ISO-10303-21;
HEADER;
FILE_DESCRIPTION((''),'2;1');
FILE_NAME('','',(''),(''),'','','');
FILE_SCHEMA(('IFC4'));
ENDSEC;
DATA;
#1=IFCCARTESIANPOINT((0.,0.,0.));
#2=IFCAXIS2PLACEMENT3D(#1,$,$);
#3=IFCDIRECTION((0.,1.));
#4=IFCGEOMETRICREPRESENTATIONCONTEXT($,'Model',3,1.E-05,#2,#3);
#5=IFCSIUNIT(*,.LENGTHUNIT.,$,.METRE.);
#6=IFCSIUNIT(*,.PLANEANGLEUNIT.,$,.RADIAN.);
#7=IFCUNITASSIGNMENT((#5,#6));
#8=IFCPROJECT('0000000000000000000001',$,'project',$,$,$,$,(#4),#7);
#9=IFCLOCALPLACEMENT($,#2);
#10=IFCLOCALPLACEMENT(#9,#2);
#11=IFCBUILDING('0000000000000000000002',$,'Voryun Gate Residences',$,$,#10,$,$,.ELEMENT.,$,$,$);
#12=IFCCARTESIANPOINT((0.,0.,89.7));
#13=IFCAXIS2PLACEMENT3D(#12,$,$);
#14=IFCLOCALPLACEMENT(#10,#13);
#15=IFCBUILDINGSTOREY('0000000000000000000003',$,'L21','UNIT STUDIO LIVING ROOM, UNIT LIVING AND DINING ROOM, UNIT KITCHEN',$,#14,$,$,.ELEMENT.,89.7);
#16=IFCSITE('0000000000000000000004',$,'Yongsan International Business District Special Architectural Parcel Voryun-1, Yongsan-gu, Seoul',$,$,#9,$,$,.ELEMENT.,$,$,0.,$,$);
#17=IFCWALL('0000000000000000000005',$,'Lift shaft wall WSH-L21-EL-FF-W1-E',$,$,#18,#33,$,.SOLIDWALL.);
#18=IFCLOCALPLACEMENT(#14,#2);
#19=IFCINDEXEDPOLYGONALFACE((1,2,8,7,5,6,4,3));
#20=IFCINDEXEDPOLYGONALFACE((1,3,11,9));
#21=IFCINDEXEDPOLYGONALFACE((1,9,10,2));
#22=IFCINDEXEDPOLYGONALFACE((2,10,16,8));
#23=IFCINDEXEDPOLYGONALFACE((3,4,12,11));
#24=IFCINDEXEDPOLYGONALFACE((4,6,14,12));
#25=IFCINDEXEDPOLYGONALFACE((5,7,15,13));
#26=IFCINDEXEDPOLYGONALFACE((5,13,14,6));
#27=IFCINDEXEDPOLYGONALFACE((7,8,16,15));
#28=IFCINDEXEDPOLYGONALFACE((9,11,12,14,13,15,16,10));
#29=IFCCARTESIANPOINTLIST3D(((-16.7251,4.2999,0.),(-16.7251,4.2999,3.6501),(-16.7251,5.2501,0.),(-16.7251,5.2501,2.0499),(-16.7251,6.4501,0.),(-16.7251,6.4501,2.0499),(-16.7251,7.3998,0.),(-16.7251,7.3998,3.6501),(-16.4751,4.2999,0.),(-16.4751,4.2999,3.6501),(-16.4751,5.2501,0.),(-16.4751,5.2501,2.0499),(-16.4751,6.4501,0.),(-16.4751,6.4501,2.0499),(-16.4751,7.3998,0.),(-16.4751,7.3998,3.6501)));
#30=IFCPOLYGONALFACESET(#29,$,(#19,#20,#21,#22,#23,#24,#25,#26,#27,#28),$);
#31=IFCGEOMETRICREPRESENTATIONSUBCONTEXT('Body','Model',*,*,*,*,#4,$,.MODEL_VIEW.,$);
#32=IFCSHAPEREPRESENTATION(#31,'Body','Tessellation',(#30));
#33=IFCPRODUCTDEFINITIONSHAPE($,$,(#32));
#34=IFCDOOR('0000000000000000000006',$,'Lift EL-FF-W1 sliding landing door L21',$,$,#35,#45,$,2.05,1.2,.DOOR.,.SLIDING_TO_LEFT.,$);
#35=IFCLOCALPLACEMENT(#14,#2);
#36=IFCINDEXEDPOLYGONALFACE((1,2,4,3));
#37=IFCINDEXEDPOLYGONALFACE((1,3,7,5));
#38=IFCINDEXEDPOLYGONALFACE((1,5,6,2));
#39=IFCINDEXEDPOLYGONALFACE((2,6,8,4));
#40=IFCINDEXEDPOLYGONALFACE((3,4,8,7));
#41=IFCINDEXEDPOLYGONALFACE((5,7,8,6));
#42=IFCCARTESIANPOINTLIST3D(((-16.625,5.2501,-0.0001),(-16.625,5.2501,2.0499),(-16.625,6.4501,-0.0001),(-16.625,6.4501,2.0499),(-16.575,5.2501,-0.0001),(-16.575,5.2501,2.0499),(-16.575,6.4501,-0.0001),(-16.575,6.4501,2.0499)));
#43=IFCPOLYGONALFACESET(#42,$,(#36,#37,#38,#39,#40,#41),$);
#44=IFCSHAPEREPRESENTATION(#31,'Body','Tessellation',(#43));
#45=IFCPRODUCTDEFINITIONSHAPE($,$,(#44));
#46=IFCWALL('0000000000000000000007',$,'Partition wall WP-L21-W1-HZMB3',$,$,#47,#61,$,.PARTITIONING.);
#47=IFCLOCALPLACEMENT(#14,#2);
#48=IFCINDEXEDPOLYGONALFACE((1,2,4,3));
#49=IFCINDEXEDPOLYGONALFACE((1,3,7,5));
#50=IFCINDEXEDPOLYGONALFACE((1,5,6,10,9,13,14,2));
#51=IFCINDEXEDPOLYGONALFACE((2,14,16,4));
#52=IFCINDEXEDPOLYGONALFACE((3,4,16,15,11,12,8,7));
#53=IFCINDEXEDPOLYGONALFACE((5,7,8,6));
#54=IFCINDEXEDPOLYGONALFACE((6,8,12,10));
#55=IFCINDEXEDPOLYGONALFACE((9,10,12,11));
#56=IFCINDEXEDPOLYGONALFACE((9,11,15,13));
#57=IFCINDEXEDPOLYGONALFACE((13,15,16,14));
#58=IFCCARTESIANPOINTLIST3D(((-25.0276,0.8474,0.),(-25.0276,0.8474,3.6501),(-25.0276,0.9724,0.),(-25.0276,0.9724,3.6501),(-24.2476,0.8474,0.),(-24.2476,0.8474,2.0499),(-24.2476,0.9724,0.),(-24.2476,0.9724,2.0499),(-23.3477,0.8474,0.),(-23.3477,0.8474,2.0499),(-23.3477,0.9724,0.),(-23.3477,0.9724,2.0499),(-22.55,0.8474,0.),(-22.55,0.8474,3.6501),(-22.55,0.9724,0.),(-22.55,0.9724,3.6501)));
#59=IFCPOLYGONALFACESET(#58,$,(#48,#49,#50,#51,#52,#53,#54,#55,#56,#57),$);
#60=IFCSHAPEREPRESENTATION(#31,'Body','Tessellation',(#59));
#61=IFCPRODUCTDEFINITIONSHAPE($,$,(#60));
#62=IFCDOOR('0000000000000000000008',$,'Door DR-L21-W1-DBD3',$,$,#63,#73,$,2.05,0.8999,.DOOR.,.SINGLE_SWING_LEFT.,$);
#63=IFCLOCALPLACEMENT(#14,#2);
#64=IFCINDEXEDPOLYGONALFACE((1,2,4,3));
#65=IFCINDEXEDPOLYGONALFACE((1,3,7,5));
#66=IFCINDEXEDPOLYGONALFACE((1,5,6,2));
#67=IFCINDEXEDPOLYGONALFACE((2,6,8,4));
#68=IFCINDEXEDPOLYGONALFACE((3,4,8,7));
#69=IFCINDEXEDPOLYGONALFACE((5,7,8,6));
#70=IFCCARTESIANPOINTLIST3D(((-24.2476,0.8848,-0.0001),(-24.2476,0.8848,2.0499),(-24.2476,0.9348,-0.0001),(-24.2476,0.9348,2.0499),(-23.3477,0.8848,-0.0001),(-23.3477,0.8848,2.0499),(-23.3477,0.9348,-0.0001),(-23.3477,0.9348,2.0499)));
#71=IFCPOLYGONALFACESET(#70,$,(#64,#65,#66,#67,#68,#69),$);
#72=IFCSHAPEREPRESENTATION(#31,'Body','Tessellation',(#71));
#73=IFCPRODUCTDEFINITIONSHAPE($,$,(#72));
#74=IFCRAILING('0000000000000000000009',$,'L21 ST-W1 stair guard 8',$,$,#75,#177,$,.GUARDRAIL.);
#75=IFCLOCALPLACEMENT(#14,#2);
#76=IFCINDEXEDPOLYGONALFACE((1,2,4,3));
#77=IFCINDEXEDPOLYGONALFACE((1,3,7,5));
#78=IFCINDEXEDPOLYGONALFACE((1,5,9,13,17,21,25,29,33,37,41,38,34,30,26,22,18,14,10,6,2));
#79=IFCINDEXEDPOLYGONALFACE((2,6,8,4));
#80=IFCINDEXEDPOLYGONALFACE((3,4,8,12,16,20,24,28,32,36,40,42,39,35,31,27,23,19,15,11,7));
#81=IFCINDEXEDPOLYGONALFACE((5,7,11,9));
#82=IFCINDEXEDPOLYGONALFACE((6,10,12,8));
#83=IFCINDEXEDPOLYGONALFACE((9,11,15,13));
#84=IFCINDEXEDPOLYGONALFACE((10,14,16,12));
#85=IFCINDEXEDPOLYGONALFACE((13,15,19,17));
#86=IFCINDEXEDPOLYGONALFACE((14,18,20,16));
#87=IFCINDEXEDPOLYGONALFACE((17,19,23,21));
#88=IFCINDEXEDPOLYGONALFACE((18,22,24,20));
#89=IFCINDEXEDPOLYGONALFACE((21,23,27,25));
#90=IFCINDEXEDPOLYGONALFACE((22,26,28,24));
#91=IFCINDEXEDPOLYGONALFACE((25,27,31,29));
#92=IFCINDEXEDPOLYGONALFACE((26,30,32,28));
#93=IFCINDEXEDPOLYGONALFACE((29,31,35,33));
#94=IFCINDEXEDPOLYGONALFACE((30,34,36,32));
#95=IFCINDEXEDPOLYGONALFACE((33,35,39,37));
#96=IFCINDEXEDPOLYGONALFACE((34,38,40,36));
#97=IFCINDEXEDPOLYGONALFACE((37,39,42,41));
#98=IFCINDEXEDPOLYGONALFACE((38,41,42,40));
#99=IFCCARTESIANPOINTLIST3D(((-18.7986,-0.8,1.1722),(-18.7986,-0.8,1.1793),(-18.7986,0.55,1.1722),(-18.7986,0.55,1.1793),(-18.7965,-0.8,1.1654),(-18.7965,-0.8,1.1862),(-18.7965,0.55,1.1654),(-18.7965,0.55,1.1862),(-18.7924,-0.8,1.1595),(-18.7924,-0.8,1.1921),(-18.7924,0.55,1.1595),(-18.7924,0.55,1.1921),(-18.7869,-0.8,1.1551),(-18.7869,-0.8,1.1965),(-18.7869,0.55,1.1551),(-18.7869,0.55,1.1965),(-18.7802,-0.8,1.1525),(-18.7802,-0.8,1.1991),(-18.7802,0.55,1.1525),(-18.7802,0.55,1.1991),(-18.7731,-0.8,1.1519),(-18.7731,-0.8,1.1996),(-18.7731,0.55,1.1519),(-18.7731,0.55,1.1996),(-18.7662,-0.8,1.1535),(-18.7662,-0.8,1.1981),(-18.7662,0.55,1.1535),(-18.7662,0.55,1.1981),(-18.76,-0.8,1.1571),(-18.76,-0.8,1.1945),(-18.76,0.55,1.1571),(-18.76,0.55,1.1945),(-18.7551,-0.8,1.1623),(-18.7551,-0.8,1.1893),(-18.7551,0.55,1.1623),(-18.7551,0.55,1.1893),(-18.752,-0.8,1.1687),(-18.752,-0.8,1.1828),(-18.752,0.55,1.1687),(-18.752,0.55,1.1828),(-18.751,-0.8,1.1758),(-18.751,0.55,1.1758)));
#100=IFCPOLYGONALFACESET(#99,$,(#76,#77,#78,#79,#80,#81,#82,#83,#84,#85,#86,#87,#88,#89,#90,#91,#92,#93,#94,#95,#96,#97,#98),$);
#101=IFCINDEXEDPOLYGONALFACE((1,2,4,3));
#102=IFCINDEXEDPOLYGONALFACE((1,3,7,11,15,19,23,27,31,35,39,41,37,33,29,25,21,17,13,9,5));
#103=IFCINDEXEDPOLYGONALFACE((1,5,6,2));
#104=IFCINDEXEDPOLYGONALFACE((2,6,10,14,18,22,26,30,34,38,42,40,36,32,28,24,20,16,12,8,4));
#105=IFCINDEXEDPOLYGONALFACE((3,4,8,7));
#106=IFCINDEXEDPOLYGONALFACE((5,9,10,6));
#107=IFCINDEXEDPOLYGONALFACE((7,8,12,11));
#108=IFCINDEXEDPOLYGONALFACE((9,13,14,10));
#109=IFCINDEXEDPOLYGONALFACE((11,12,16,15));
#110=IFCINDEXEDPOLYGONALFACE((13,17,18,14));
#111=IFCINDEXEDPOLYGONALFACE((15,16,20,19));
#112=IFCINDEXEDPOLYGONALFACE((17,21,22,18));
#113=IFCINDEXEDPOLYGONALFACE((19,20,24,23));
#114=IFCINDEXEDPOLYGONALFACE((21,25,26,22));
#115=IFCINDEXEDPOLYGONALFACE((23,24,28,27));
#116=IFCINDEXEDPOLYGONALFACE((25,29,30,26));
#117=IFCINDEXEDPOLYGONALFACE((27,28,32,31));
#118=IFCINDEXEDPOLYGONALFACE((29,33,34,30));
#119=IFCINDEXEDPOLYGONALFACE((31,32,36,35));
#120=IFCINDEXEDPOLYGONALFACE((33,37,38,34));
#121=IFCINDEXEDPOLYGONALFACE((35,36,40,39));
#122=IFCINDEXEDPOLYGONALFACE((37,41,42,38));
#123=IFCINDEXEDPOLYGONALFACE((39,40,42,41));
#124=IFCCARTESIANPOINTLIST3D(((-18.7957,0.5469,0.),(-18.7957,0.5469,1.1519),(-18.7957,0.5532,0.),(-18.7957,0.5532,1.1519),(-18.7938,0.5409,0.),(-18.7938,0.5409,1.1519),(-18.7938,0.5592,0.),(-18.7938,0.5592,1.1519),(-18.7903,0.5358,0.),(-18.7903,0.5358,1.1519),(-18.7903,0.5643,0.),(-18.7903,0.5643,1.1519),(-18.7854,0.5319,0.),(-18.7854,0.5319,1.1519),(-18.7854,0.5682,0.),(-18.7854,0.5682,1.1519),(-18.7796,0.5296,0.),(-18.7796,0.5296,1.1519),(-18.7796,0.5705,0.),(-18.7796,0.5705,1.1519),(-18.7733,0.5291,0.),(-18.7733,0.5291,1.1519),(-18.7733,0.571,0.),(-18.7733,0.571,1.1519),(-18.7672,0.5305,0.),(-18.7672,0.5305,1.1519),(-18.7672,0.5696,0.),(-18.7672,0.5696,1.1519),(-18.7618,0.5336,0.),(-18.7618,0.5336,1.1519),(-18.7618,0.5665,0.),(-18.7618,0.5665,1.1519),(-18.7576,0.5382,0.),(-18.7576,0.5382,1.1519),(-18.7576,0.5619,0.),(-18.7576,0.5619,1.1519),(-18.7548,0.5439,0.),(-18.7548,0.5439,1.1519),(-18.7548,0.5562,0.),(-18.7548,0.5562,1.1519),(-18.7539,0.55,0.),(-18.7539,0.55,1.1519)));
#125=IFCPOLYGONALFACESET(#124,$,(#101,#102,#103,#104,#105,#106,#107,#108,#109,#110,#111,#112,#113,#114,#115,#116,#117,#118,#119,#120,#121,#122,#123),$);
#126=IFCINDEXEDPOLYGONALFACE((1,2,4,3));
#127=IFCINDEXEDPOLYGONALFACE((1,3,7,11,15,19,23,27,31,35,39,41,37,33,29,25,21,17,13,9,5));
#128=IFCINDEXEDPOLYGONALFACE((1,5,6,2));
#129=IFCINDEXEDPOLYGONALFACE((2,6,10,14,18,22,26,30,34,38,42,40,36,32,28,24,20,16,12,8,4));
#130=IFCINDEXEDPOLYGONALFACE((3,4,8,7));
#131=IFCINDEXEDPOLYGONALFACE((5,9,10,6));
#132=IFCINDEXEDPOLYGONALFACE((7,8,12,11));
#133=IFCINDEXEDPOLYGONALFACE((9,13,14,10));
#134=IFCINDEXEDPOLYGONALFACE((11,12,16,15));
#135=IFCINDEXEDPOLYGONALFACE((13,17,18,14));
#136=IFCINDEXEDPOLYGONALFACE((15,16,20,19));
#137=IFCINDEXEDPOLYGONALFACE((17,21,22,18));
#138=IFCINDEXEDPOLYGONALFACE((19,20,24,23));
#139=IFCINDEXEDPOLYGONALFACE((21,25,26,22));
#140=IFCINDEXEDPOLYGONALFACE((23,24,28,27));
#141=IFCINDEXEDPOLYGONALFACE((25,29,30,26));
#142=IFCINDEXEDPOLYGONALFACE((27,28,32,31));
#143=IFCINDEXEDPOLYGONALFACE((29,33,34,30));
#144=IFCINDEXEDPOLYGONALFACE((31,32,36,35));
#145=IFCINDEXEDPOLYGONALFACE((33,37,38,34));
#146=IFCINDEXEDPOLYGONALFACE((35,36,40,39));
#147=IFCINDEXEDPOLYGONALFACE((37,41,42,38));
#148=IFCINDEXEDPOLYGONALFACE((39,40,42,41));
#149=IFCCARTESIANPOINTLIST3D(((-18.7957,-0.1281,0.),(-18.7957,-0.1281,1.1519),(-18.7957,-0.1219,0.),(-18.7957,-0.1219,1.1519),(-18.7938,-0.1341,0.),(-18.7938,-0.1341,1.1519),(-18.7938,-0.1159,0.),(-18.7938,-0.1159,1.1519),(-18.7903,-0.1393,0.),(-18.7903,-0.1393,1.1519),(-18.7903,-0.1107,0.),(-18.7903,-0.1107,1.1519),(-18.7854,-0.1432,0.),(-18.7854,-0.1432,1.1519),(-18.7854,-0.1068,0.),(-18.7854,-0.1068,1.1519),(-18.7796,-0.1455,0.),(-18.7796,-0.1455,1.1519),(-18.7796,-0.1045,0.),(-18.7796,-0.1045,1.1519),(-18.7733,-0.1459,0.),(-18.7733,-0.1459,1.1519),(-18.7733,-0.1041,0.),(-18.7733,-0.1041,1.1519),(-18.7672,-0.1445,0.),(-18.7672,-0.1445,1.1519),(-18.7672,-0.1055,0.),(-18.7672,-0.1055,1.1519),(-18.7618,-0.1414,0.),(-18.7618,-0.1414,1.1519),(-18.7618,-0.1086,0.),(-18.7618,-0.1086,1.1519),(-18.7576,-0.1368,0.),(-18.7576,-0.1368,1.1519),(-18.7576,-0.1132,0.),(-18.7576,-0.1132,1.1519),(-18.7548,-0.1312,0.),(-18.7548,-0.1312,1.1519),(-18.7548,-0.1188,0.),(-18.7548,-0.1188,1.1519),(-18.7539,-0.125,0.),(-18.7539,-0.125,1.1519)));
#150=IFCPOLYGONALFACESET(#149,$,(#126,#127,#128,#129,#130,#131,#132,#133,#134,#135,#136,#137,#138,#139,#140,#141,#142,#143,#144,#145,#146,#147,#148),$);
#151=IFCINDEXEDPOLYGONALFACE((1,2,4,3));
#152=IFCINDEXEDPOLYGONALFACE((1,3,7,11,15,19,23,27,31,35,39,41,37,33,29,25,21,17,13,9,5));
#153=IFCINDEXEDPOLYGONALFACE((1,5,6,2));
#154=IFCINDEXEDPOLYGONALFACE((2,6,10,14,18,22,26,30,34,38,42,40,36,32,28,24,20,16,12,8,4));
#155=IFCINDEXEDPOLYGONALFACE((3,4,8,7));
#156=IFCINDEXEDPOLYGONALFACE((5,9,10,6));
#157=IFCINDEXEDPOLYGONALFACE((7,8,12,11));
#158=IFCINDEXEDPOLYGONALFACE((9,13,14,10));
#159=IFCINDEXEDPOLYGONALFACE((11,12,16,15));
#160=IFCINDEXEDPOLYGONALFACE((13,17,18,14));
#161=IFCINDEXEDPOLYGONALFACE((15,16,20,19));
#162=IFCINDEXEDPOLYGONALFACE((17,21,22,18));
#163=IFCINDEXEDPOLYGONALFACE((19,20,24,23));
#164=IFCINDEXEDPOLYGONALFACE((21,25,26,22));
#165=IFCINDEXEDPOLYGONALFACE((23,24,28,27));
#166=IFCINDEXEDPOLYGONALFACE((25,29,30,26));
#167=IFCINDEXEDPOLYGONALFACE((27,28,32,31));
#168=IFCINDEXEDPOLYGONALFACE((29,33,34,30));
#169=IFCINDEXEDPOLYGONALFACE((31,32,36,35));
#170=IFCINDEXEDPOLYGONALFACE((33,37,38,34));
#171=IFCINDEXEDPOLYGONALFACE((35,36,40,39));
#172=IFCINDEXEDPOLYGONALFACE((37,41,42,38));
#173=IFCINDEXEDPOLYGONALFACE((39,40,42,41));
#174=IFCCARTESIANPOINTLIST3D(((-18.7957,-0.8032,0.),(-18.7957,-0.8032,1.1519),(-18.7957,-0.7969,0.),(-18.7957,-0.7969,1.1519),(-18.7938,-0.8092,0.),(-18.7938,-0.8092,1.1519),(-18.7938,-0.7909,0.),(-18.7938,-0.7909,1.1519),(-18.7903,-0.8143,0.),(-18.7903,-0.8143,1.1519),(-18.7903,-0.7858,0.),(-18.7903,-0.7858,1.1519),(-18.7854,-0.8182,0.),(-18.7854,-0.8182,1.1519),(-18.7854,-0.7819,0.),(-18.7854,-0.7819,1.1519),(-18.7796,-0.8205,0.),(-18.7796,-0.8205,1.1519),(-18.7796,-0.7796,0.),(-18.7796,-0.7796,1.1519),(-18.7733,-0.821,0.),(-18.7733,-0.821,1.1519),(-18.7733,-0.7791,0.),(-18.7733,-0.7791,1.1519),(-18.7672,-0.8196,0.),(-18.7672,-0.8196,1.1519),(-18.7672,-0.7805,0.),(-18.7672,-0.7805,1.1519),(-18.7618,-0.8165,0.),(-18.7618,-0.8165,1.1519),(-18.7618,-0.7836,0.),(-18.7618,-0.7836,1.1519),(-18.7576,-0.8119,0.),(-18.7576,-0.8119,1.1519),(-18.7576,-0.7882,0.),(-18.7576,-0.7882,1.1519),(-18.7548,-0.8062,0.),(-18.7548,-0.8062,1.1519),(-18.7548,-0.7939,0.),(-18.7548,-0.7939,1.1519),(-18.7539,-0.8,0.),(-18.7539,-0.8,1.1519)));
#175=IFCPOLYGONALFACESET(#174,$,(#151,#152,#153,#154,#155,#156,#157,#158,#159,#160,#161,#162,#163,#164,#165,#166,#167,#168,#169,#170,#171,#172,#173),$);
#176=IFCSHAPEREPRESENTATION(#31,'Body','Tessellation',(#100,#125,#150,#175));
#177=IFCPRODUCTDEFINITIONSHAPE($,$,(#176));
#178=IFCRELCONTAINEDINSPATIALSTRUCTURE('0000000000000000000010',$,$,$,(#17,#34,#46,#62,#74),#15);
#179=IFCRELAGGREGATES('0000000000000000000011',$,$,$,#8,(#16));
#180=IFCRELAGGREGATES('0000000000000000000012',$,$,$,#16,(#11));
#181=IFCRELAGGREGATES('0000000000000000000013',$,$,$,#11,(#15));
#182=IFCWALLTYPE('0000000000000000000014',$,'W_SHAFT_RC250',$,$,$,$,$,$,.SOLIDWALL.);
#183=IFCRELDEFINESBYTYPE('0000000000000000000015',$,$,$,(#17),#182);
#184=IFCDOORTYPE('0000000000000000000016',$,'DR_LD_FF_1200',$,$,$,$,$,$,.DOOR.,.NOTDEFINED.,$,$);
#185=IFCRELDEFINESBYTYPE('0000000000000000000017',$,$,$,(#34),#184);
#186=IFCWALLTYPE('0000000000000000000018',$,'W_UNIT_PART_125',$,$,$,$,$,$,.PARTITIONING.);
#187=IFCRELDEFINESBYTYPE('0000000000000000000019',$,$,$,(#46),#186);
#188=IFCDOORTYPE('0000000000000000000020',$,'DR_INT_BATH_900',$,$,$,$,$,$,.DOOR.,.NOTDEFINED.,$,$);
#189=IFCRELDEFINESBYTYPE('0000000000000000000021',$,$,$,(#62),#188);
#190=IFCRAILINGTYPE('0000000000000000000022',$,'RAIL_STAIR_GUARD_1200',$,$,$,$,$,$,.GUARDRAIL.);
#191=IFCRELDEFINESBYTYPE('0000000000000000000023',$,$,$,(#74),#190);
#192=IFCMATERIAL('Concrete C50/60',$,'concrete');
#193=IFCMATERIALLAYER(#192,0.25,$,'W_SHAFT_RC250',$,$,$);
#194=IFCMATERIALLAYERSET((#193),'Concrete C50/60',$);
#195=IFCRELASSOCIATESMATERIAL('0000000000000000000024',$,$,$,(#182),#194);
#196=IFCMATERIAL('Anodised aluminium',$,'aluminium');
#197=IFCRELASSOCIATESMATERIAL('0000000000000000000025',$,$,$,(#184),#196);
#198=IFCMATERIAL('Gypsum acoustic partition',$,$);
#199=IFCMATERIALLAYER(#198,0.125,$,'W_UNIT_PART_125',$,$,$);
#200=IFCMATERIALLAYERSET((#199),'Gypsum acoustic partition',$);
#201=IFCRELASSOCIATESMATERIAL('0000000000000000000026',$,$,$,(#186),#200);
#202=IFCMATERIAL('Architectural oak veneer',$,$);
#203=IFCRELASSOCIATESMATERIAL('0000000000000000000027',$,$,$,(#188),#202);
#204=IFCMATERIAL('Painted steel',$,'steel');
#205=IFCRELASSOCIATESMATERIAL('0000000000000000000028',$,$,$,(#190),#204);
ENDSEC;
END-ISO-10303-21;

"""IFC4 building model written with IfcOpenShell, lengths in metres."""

from ifc_helpers import new_model, si_unit, direction, frame, frame_2d, origin, origin_2d, place, context, subcontext, project, spatial, rectangle, circle, extrude, material, layer, layer_set, type_object, element, fill, save


model = new_model("IFC4")

# Units and contexts
model_context = context("Model", 3, precision=1e-05, world=origin(), true_north=direction((0.0, 1.0)))
body_context = subcontext(model_context, "Body", "Model", "MODEL_VIEW")
ifc_project = project(units=[si_unit("LENGTHUNIT", "METRE"), si_unit("PLANEANGLEUNIT", "RADIAN")], contexts=[model_context])

# Site, building, storey
site_placement = place(None, origin())
site = spatial("IfcSite", under=ifc_project, at=site_placement, Name="Yongsan International Business District Special Architectural Parcel Voryun-1, Yongsan-gu, Seoul", CompositionType="ELEMENT", RefElevation=0.0)
building_placement = place(site_placement, origin())
building = spatial("IfcBuilding", under=site, at=building_placement, Name="Voryun Gate Residences", CompositionType="ELEMENT")
storey_placement = place(building_placement, frame((0.0, 0.0, 89.7)))
storey = spatial("IfcBuildingStorey", under=building, at=storey_placement, Name="L21", Description="UNIT STUDIO LIVING ROOM, UNIT LIVING AND DINING ROOM, UNIT KITCHEN", CompositionType="ELEMENT", Elevation=89.7)

# Shared definitions
ifc_material_1 = material(Name="Concrete C50/60", Category="concrete")
ifc_layer_1 = layer(ifc_material_1, 0.25, Name="W_SHAFT_RC250")
ifc_layer_set_1 = layer_set([ifc_layer_1], Name="Concrete C50/60")
wall_type_1 = type_object("IfcWallType", Name="W_SHAFT_RC250", PredefinedType="SOLIDWALL", material=ifc_layer_set_1)

# Walls, openings, doors
wall_1_placement = place(storey_placement, frame((-16.6001, 4.3, 0.0), z_axis=(0.0, 0.0, 1.0), x_axis=(0.0, 1.0, 0.0)))
wall_1 = element("IfcWall", 1, at=wall_1_placement, inside=storey, type_object=wall_type_1, Name="Lift shaft wall WSH-L21-EL-FF-W1-E", PredefinedType="SOLIDWALL", context=body_context, shape_type="SweptSolid", body=[
    extrude(rectangle(XDim=3.0999, YDim=0.25, at=frame_2d((1.5498, 0.0))), origin(), (0.0, 0.0, 1.0), 3.6501),
])
opening_1_placement = place(wall_1_placement, frame((0.95, 0.0, 0.0)))
opening_1 = element("IfcOpeningElement", 2, at=opening_1_placement, cuts=wall_1, PredefinedType="OPENING", context=body_context, shape_type="SweptSolid", body=[
    extrude(rectangle(XDim=1.2, YDim=2.05, at=frame_2d((0.6001, 1.0249))), frame((0.0, 0.135, 0.0), z_axis=(0.0, -1.0, 0.0), x_axis=(1.0, 0.0, 0.0)), (0.0, 0.0, 1.0), 0.27),
])
ifc_material_2 = material(Name="Anodised aluminium", Category="aluminium")
door_type_1 = type_object("IfcDoorType", Name="DR_LD_FF_1200", OperationType="NOTDEFINED", PredefinedType="DOOR", material=ifc_material_2)
door_1_placement = place(opening_1_placement, origin())
door_1 = element("IfcDoor", 3, at=door_1_placement, inside=storey, type_object=door_type_1, Name="Lift EL-FF-W1 sliding landing door L21", OperationType="SLIDING_TO_LEFT", OverallHeight=2.05, OverallWidth=1.2, PredefinedType="DOOR", context=body_context, shape_type="SweptSolid", body=[
    extrude(rectangle(XDim=1.2, YDim=2.05, at=frame_2d((0.6001, 1.0249))), frame((0.0, 0.0249, 0.0), z_axis=(0.0, -1.0, 0.0), x_axis=(1.0, 0.0, 0.0)), (0.0, 0.0, 1.0), 0.05),
])
fill(opening_1, door_1)
ifc_material_3 = material(Name="Gypsum acoustic partition")
ifc_layer_2 = layer(ifc_material_3, 0.125, Name="W_UNIT_PART_125")
ifc_layer_set_2 = layer_set([ifc_layer_2], Name="Gypsum acoustic partition")
wall_type_2 = type_object("IfcWallType", Name="W_UNIT_PART_125", PredefinedType="PARTITIONING", material=ifc_layer_set_2)
wall_2_placement = place(storey_placement, frame((-25.0276, 0.9099, 0.0), z_axis=(0.0, 0.0, 1.0), x_axis=(1.0, 0.0, 0.0)))
wall_2 = element("IfcWall", 4, at=wall_2_placement, inside=storey, type_object=wall_type_2, Name="Partition wall WP-L21-W1-HZMB3", PredefinedType="PARTITIONING", context=body_context, shape_type="SweptSolid", body=[
    extrude(rectangle(XDim=2.4775, YDim=0.125, at=frame_2d((1.2388, 0.0))), origin(), (0.0, 0.0, 1.0), 3.6501),
])
opening_2_placement = place(wall_2_placement, frame((0.78, 0.0, 0.0)))
opening_2 = element("IfcOpeningElement", 5, at=opening_2_placement, cuts=wall_2, PredefinedType="OPENING", context=body_context, shape_type="SweptSolid", body=[
    extrude(rectangle(XDim=0.8999, YDim=2.05, at=frame_2d((0.45, 1.0249))), frame((0.0, 0.0725, 0.0), z_axis=(0.0, -1.0, 0.0), x_axis=(1.0, 0.0, 0.0)), (0.0, 0.0, 1.0), 0.145),
])
ifc_material_4 = material(Name="Architectural oak veneer")
door_type_2 = type_object("IfcDoorType", Name="DR_INT_BATH_900", OperationType="NOTDEFINED", PredefinedType="DOOR", material=ifc_material_4)
door_2_placement = place(opening_2_placement, origin())
door_2 = element("IfcDoor", 6, at=door_2_placement, inside=storey, type_object=door_type_2, Name="Door DR-L21-W1-DBD3", OperationType="SINGLE_SWING_LEFT", OverallHeight=2.05, OverallWidth=0.8999, PredefinedType="DOOR", context=body_context, shape_type="SweptSolid", body=[
    extrude(rectangle(XDim=0.8999, YDim=2.05, at=frame_2d((0.45, 1.0249))), frame((0.0, 0.0249, 0.0), z_axis=(0.0, -1.0, 0.0), x_axis=(1.0, 0.0, 0.0)), (0.0, 0.0, 1.0), 0.05),
])
fill(opening_2, door_2)

# Railing
ifc_material_5 = material(Name="Painted steel", Category="steel")
railing_type = type_object("IfcRailingType", Name="RAIL_STAIR_GUARD_1200", PredefinedType="GUARDRAIL", material=ifc_material_5)
for number, where, name in (
    (7, (-18.7749, 0.55, 0.0), "L21 ST-W1 stair guard 8"),
):
    element("IfcRailing", number, at=place(storey_placement, frame(where)), inside=storey, type_object=railing_type, Name=name, PredefinedType="GUARDRAIL", context=body_context, shape_type="SweptSolid", body=[
        extrude(circle(Radius=0.0239, at=origin_2d()), frame((0.0, 0.0, 1.1758), z_axis=(0.0, -1.0, 0.0), x_axis=(1.0, 0.0, 0.0)), (0.0, 0.0, 1.0), 1.3501),
        extrude(circle(Radius=0.021, at=origin_2d()), origin(), (0.0, 0.0, 1.0), 1.1519),
        extrude(circle(Radius=0.021, at=origin_2d()), frame((0.0, -0.675, 0.0)), (0.0, 0.0, 1.0), 1.1519),
        extrude(circle(Radius=0.021, at=origin_2d()), frame((0.0, -1.3501, 0.0)), (0.0, 0.0, 1.0), 1.1519),
    ])

save(model, "model.ifc")
